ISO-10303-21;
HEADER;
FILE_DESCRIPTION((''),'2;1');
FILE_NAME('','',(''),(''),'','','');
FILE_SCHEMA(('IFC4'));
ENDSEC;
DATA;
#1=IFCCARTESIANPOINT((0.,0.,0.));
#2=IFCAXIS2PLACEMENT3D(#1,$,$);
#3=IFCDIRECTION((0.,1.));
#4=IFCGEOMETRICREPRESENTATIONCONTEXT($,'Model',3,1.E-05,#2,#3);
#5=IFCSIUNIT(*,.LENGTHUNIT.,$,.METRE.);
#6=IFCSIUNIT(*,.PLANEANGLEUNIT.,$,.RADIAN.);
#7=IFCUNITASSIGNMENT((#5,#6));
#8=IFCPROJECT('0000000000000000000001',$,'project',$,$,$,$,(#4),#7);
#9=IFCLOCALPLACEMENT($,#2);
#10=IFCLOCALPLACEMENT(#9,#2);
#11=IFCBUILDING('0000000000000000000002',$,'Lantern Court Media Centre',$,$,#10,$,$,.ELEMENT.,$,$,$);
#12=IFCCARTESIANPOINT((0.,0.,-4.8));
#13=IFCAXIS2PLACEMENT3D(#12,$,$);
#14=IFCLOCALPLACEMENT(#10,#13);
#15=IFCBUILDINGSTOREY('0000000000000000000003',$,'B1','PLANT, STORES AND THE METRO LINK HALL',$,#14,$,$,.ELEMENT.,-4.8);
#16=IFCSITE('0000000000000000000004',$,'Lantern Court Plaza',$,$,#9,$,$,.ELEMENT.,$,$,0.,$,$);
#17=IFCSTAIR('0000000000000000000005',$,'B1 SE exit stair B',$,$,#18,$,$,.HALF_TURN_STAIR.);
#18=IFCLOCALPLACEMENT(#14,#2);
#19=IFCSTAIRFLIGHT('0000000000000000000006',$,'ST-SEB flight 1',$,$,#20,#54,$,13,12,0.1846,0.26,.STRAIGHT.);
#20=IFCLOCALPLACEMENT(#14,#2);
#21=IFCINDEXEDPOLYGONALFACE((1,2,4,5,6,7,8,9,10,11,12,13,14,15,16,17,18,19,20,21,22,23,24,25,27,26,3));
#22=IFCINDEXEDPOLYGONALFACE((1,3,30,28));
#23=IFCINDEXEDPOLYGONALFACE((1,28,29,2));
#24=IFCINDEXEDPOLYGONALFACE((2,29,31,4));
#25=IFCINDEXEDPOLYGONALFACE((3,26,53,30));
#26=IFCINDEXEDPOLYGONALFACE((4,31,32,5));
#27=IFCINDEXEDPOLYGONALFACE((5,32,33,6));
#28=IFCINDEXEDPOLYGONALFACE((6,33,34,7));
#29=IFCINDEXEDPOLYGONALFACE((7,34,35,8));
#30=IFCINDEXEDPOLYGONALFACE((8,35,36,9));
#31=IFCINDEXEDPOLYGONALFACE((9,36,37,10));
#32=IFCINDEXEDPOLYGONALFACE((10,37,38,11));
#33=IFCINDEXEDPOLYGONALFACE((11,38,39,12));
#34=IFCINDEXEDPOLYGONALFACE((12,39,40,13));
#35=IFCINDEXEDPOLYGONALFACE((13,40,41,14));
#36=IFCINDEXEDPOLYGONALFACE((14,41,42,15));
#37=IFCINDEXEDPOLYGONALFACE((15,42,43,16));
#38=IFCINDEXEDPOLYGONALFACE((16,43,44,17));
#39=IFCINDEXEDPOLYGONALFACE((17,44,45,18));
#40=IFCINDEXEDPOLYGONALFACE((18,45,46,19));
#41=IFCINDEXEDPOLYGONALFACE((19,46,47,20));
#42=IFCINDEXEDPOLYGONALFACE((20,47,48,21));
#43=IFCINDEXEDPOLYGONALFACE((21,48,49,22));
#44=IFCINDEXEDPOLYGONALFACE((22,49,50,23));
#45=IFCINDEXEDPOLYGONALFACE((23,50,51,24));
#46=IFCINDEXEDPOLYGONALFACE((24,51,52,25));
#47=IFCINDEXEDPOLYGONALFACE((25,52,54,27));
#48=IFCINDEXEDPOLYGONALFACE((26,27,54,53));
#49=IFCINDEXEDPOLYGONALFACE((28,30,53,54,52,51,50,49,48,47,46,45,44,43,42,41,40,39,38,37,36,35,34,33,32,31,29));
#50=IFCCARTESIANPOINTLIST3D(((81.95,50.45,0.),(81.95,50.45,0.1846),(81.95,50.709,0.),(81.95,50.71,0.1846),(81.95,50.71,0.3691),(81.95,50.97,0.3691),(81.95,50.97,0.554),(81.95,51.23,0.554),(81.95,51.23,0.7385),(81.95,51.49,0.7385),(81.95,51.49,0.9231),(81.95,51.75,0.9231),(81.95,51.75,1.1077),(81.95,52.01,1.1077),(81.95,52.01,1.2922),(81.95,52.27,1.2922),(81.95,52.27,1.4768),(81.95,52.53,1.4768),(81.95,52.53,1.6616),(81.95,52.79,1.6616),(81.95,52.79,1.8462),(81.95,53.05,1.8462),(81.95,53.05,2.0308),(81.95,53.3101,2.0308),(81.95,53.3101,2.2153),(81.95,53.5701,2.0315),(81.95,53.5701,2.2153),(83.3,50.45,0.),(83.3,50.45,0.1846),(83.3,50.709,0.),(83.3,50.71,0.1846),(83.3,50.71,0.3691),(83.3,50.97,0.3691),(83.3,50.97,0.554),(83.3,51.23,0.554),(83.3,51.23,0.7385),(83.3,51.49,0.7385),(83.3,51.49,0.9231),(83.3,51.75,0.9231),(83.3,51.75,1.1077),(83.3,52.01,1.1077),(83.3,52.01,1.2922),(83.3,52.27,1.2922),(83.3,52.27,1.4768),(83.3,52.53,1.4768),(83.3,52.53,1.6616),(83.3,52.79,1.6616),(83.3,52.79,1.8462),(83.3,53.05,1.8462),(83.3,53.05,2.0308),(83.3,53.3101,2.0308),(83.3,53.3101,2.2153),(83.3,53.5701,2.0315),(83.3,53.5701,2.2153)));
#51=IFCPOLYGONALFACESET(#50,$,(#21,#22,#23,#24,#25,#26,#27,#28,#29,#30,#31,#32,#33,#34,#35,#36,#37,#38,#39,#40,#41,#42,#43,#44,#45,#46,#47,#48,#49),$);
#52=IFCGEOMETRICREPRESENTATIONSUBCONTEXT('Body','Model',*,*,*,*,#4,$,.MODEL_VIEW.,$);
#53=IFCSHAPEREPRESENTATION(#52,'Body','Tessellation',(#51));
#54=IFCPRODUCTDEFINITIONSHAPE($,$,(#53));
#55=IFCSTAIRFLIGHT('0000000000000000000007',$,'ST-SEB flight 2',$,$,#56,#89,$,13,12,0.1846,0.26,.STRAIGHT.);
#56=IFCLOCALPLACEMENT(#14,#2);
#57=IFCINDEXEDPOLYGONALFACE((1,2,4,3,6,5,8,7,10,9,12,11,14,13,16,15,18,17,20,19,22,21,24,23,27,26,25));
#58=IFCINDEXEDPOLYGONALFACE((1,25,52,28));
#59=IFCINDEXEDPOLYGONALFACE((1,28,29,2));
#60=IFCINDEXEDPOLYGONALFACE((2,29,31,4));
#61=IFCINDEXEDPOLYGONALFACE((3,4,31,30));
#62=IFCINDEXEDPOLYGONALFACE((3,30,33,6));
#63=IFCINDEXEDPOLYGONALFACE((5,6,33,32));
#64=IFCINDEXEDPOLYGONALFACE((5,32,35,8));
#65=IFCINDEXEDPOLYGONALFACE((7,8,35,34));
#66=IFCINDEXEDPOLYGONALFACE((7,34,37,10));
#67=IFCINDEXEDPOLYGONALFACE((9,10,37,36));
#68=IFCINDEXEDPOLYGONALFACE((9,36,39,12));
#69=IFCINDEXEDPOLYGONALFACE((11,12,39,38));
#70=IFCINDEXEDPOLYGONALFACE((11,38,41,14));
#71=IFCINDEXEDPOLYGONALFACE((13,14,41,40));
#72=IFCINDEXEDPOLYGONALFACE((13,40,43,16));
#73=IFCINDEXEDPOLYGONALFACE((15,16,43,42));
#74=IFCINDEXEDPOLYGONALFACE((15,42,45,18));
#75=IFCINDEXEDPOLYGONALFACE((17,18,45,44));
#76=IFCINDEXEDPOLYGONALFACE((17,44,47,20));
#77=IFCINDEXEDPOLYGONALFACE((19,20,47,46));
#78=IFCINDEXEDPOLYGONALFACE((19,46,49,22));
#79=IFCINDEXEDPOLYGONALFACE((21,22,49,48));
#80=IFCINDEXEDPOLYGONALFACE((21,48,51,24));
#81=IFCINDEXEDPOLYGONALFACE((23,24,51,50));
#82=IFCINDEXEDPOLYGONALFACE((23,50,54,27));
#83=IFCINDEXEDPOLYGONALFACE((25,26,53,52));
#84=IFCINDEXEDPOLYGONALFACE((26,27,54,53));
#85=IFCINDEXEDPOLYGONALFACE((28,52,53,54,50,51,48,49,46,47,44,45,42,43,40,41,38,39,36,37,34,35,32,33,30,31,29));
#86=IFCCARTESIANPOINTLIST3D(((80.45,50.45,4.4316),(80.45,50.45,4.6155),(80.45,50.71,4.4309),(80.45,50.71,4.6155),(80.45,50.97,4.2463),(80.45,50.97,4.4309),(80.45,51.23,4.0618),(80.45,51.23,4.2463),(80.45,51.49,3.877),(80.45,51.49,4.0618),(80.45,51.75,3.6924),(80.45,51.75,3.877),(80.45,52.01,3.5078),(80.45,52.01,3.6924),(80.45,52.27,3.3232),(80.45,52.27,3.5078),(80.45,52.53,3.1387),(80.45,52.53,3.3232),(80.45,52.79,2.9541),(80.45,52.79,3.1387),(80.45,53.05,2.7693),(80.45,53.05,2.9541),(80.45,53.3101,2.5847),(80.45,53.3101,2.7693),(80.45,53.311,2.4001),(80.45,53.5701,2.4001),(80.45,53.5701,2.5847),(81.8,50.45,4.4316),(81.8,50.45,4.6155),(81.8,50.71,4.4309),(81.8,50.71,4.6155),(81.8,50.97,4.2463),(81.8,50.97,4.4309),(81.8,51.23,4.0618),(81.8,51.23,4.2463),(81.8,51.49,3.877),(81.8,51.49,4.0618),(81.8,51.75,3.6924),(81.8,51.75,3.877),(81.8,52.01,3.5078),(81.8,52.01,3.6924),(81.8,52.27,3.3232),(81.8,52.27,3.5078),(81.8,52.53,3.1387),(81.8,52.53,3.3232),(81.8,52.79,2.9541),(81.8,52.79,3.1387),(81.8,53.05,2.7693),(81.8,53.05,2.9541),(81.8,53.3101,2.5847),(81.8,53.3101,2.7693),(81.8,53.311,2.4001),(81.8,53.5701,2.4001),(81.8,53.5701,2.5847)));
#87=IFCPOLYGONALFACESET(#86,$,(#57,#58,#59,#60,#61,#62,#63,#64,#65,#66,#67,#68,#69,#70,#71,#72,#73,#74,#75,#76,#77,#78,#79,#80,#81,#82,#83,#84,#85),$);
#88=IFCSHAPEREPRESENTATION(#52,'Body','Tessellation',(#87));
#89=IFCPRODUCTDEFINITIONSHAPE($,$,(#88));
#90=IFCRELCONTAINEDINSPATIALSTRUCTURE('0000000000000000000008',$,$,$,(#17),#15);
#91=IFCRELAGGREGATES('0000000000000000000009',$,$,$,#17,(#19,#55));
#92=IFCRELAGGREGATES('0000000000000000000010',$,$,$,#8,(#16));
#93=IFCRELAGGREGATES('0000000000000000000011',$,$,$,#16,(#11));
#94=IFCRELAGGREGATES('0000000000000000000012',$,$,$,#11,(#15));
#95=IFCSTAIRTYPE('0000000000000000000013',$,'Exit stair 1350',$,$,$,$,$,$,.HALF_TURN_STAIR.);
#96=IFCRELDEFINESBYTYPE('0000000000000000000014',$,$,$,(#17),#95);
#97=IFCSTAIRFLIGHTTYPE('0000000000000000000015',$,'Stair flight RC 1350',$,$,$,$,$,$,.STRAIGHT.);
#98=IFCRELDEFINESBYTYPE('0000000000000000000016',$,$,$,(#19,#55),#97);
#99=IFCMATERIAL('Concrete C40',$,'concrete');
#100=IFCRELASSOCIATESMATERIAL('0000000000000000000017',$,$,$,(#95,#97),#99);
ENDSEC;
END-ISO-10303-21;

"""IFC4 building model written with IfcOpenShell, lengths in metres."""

from ifc_helpers import new_model, si_unit, direction, frame, origin, place, context, subcontext, project, spatial, polyline, outline, extrude, material, type_object, element, aggregate, save


model = new_model("IFC4")

# Units and contexts
model_context = context("Model", 3, precision=1e-05, world=origin(), true_north=direction((0.0, 1.0)))
body_context = subcontext(model_context, "Body", "Model", "MODEL_VIEW")
ifc_project = project(units=[si_unit("LENGTHUNIT", "METRE"), si_unit("PLANEANGLEUNIT", "RADIAN")], contexts=[model_context])

# Site, building, storey
site_placement = place(None, origin())
site = spatial("IfcSite", under=ifc_project, at=site_placement, Name="Lantern Court Plaza", CompositionType="ELEMENT", RefElevation=0.0)
building_placement = place(site_placement, origin())
building = spatial("IfcBuilding", under=site, at=building_placement, Name="Lantern Court Media Centre", CompositionType="ELEMENT")
storey_placement = place(building_placement, frame((0.0, 0.0, -4.8)))
storey = spatial("IfcBuildingStorey", under=building, at=storey_placement, Name="B1", Description="PLANT, STORES AND THE METRO LINK HALL", CompositionType="ELEMENT", Elevation=-4.8)

# Stair, stair flights
ifc_material_1 = material(Name="Concrete C40", Category="concrete")
stair_type = type_object("IfcStairType", Name="Exit stair 1350", PredefinedType="HALF_TURN_STAIR", material=ifc_material_1)
stair_flight_type = type_object("IfcStairFlightType", Name="Stair flight RC 1350", PredefinedType="STRAIGHT", material=ifc_material_1)
stair_1_placement = place(storey_placement, origin())
stair_1 = element("IfcStair", 1, at=stair_1_placement, inside=storey, type_object=stair_type, Name="B1 SE exit stair B", PredefinedType="HALF_TURN_STAIR")
stair_flight_1_placement = place(storey_placement, frame((82.625, 50.45, 0.0), z_axis=(0.0, 0.0, 1.0), x_axis=(0.0, 1.0, 0.0)))
stair_flight_1 = element("IfcStairFlight", 2, at=stair_flight_1_placement, type_object=stair_flight_type, Name="ST-SEB flight 1", NumberOfRisers=13, NumberOfTreads=12, PredefinedType="STRAIGHT", RiserHeight=0.1846, TreadLength=0.26, context=body_context, shape_type="SweptSolid", body=[
    extrude(outline(polyline([(0.0, 0.0), (0.0, 0.1846), (0.26, 0.1846), (0.26, 0.3691), (0.52, 0.3691), (0.52, 0.554), (0.78, 0.554), (0.78, 0.7385), (1.04, 0.7385), (1.04, 0.9231), (1.3, 0.9231), (1.3, 1.1077), (1.5601, 1.1077), (1.5601, 1.2922), (1.8201, 1.2922), (1.8201, 1.4768), (2.0801, 1.4768), (2.0801, 1.6616), (2.3401, 1.6616), (2.3401, 1.8462), (2.6001, 1.8462), (2.6001, 2.0308), (2.8601, 2.0308), (2.8601, 2.2153), (3.1201, 2.2153), (3.1201, 2.3999), (3.1201, 2.0315), (0.259, 0.0), (0.0, 0.0)])), frame((0.0, 0.675, 0.0), z_axis=(0.0, -1.0, 0.0), x_axis=(1.0, 0.0, 0.0)), (0.0, 0.0, 1.0), 1.3501),
])
stair_flight_2_placement = place(storey_placement, frame((81.125, 53.5701, 2.4001), z_axis=(0.0, 0.0, 1.0), x_axis=(0.0, -1.0, 0.0)))
stair_flight_2 = element("IfcStairFlight", 3, at=stair_flight_2_placement, type_object=stair_flight_type, Name="ST-SEB flight 2", NumberOfRisers=13, NumberOfTreads=12, PredefinedType="STRAIGHT", RiserHeight=0.1846, TreadLength=0.26, context=body_context, shape_type="SweptSolid", body=[
    extrude(outline(polyline([(0.0, 0.0), (0.0, 0.1846), (0.26, 0.1846), (0.26, 0.3691), (0.52, 0.3691), (0.52, 0.554), (0.78, 0.554), (0.78, 0.7385), (1.04, 0.7385), (1.04, 0.9231), (1.3, 0.9231), (1.3, 1.1077), (1.5601, 1.1077), (1.5601, 1.2922), (1.8201, 1.2922), (1.8201, 1.4768), (2.0801, 1.4768), (2.0801, 1.6616), (2.3401, 1.6616), (2.3401, 1.8462), (2.6001, 1.8462), (2.6001, 2.0308), (2.8601, 2.0308), (2.8601, 2.2153), (3.1201, 2.2153), (3.1201, 2.3999), (3.1201, 2.0315), (0.259, 0.0), (0.0, 0.0)])), frame((0.0, 0.675, 0.0), z_axis=(0.0, -1.0, 0.0), x_axis=(1.0, 0.0, 0.0)), (0.0, 0.0, 1.0), 1.3501),
])
aggregate(stair_1, [stair_flight_1, stair_flight_2])

save(model, "model.ifc")
